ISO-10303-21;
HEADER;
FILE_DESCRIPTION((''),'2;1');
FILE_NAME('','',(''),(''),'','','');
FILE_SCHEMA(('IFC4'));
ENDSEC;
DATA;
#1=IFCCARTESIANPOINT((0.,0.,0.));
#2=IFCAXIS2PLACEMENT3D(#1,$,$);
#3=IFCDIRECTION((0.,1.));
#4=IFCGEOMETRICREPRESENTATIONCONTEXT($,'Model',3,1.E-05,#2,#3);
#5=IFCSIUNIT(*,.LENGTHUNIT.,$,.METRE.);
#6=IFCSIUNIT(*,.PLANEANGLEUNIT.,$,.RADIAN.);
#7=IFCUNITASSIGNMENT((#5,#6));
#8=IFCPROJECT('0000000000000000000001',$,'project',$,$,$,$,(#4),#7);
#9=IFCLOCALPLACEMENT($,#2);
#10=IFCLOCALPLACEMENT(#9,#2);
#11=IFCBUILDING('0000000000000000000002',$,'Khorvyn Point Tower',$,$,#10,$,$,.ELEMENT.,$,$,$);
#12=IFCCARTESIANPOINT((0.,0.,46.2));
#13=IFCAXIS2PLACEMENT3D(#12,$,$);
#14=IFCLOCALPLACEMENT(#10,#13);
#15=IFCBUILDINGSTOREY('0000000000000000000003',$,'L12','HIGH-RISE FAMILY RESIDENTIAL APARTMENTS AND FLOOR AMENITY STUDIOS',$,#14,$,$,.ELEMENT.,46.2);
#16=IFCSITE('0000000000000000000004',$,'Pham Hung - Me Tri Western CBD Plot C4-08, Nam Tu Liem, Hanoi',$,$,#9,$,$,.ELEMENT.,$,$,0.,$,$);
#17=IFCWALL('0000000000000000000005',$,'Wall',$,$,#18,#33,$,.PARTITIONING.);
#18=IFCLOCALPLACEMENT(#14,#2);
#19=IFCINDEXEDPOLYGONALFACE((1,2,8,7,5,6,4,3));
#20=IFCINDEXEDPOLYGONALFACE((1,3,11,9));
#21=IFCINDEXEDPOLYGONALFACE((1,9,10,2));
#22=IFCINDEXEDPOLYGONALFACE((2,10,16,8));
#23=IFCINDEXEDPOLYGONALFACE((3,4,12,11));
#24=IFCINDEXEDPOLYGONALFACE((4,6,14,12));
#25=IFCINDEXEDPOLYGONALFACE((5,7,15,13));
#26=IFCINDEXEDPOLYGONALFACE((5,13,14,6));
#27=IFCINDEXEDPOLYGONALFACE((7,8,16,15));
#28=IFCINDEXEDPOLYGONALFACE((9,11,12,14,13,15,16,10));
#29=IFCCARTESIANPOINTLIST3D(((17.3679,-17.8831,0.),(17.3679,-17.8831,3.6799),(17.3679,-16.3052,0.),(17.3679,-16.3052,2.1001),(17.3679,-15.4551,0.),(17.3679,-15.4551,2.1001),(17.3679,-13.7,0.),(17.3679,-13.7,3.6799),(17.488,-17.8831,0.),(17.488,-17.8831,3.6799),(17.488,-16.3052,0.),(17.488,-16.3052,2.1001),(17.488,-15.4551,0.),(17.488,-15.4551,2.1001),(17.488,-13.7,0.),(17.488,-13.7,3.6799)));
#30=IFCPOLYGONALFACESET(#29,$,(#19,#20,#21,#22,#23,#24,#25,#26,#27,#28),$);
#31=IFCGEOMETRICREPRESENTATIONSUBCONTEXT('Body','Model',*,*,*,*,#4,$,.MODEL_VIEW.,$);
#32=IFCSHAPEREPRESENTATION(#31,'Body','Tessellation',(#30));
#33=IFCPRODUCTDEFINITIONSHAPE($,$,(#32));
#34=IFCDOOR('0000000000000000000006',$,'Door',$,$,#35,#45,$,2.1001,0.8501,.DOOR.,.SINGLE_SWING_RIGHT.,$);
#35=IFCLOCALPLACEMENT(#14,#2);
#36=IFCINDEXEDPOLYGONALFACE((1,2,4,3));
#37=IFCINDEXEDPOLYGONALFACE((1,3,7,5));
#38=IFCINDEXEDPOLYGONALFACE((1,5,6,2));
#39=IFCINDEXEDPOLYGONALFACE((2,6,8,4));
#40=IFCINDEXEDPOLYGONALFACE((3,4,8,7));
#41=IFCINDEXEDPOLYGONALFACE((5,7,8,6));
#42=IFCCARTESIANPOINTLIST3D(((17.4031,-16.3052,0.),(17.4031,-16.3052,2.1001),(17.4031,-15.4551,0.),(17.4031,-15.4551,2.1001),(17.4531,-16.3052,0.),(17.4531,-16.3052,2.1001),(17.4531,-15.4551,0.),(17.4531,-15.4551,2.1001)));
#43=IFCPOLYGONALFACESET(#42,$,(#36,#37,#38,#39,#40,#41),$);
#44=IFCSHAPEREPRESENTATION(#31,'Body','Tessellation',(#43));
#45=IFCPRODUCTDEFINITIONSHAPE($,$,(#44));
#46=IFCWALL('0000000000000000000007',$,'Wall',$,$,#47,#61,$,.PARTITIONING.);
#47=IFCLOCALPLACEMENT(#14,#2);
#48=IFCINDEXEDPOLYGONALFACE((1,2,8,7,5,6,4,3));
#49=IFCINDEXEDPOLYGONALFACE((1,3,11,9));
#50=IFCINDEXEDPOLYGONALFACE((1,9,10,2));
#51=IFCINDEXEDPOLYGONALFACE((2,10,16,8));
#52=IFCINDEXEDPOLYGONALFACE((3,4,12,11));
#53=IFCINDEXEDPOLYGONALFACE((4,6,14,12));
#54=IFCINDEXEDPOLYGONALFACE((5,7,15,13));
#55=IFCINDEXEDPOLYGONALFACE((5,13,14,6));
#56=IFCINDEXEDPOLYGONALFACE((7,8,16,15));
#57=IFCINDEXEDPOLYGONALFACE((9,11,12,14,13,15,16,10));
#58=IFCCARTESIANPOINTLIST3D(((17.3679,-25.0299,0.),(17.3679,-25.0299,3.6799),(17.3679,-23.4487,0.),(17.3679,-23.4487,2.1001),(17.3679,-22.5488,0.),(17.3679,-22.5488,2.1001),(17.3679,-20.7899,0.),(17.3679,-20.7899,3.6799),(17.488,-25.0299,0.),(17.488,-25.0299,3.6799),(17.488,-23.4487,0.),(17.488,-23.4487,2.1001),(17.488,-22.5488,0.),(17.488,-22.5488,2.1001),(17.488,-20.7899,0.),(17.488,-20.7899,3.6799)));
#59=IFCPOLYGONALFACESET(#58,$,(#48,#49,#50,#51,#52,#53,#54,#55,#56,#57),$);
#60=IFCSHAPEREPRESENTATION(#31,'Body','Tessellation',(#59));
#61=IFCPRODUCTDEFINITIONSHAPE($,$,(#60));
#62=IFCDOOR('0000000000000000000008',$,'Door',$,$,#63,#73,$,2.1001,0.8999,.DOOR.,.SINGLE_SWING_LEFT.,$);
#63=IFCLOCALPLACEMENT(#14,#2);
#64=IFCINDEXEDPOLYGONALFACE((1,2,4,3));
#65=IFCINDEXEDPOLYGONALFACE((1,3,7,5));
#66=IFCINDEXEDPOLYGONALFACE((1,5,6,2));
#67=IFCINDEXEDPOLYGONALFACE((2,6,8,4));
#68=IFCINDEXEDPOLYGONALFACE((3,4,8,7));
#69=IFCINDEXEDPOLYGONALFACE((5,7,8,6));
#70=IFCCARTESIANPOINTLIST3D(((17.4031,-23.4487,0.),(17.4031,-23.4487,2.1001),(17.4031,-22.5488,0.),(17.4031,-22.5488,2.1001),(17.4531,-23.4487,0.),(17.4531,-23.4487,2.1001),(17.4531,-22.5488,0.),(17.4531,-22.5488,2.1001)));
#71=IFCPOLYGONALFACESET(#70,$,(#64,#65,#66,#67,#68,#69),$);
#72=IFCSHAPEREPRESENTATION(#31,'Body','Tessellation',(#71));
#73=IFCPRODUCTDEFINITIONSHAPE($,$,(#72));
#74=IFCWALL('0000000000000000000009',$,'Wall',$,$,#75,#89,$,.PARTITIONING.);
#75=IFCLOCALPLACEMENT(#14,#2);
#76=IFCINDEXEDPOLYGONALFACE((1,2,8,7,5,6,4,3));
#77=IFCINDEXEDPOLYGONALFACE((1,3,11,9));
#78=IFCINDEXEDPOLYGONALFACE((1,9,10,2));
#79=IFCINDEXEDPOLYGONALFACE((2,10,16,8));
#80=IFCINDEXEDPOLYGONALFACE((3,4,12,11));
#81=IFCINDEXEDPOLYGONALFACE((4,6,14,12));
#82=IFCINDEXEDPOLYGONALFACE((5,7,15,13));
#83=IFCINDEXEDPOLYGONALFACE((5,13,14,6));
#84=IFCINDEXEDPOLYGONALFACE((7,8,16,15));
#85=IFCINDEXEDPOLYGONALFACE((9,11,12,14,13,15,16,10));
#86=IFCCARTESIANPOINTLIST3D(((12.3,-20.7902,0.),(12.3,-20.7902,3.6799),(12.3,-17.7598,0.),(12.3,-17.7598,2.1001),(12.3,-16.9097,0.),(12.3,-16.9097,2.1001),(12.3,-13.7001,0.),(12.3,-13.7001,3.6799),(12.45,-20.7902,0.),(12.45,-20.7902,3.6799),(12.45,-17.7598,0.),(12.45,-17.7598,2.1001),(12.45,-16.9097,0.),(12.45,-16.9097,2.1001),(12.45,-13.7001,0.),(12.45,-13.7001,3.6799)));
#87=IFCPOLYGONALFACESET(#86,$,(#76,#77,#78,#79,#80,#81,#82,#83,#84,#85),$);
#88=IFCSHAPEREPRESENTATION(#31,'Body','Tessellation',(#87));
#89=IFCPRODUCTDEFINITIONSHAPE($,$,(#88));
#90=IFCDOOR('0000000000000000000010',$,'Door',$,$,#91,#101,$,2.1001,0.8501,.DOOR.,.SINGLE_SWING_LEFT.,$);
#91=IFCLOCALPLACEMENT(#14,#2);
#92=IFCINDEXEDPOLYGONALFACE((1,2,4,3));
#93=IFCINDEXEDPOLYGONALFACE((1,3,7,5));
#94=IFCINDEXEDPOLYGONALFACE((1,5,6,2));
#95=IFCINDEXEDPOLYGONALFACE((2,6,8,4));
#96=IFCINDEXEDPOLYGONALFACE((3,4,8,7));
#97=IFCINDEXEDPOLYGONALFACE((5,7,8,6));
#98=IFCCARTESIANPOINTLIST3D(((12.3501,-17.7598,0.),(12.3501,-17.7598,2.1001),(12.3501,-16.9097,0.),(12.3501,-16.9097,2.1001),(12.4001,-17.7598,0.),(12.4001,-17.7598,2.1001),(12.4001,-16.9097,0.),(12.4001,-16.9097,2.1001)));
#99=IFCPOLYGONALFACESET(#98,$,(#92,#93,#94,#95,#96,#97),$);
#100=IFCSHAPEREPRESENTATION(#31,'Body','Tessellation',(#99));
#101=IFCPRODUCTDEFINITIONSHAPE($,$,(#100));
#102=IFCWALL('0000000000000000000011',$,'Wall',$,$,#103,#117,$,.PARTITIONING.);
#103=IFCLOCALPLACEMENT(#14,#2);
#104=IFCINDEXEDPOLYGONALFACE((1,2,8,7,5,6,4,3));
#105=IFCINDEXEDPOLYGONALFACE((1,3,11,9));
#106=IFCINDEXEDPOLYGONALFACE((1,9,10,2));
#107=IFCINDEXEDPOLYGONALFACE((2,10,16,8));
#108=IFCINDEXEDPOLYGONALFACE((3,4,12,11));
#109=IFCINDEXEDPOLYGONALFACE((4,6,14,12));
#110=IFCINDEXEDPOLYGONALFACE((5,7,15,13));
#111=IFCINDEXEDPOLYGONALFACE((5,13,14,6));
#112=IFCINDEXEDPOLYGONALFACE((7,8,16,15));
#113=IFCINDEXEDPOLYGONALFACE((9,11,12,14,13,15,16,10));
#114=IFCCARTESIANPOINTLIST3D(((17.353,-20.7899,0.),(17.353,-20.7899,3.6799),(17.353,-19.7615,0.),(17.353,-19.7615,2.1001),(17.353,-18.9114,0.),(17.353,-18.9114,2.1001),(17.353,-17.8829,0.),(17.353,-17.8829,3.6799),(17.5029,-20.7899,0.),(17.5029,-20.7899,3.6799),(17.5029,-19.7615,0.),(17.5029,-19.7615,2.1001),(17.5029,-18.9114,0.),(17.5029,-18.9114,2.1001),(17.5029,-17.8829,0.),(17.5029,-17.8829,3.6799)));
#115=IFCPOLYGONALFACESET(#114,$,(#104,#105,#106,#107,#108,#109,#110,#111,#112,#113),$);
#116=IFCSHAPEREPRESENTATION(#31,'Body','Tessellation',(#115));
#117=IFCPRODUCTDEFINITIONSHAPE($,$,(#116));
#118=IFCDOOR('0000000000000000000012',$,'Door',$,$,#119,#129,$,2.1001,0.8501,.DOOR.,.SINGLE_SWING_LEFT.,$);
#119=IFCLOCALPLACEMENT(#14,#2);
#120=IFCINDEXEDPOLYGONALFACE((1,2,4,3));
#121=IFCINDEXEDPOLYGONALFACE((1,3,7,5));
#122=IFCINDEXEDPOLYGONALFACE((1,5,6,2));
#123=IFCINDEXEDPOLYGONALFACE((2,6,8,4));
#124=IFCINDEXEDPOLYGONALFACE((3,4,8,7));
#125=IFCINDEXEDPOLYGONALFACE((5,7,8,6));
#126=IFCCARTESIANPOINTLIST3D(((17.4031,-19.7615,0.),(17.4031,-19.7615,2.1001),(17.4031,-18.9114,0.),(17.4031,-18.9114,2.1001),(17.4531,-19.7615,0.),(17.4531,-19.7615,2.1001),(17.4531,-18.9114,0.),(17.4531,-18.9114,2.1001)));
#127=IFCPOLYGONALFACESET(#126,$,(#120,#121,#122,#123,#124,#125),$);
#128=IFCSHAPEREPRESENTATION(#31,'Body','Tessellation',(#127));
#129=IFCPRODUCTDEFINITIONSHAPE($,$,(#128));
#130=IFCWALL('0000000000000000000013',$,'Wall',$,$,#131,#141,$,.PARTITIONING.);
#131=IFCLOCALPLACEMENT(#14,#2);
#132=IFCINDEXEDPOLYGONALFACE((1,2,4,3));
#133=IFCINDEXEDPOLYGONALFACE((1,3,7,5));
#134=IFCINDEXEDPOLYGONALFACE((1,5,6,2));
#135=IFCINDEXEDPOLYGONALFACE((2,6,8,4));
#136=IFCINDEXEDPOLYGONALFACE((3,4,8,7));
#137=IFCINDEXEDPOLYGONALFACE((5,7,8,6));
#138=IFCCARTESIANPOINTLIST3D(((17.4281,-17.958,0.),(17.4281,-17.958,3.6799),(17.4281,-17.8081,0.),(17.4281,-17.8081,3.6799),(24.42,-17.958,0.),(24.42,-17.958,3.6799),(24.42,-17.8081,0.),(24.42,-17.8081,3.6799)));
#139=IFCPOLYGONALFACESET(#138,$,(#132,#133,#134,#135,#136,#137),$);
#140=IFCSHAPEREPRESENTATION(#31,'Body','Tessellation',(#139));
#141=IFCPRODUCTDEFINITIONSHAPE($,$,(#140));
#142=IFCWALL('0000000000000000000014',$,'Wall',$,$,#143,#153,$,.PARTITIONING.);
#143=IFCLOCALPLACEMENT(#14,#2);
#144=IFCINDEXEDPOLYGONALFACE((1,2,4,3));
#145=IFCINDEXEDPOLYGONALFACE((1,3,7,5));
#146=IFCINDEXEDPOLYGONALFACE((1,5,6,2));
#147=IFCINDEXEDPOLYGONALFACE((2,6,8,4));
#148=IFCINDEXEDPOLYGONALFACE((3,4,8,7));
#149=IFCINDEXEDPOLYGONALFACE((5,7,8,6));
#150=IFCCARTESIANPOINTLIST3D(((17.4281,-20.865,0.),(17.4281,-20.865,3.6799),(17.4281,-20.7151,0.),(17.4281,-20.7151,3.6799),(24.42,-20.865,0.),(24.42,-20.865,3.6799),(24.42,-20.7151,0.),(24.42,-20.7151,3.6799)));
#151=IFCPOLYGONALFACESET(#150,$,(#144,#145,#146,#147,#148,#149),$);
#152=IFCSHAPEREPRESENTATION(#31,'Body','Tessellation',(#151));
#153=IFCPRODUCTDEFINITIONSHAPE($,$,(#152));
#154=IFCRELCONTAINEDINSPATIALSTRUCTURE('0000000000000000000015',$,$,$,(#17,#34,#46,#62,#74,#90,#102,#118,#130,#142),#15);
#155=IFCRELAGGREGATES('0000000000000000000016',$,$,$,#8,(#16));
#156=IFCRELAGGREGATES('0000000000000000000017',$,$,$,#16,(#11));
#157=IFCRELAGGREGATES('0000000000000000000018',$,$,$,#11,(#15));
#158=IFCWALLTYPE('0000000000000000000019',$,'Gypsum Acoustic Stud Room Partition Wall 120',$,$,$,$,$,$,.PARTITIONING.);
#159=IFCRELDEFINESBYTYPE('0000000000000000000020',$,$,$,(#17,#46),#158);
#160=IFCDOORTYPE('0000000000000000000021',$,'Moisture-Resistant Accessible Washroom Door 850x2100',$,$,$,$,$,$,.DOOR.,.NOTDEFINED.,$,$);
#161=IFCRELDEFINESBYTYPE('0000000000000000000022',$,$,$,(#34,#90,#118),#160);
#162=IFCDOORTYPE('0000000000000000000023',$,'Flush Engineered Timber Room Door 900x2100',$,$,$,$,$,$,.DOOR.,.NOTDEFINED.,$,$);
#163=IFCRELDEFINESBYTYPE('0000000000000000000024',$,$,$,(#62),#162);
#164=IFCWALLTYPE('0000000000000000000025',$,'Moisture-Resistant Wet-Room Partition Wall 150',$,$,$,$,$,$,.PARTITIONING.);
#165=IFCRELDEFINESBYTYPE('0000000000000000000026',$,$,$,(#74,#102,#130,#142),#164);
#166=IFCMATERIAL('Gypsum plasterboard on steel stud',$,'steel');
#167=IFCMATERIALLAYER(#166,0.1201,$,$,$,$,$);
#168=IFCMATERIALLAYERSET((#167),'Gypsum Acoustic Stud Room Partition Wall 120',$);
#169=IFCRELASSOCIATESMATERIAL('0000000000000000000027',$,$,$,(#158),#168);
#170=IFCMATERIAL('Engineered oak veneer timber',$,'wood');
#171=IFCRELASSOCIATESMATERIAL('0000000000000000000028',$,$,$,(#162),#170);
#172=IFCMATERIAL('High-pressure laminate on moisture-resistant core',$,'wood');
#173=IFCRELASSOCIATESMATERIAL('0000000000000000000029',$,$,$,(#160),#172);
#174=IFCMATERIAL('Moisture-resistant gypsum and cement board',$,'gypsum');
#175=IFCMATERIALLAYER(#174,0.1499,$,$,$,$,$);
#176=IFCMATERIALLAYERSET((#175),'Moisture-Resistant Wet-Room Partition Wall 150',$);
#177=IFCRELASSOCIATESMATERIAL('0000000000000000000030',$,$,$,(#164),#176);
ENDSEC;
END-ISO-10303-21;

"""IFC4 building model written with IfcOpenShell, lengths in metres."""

from ifc_helpers import new_model, si_unit, direction, frame, frame_2d, origin, place, context, subcontext, project, spatial, rectangle, extrude, material, layer, layer_set, type_object, element, fill, save


model = new_model("IFC4")

# Units and contexts
model_context = context("Model", 3, precision=1e-05, world=origin(), true_north=direction((0.0, 1.0)))
body_context = subcontext(model_context, "Body", "Model", "MODEL_VIEW")
ifc_project = project(units=[si_unit("LENGTHUNIT", "METRE"), si_unit("PLANEANGLEUNIT", "RADIAN")], contexts=[model_context])

# Site, building, storey
site_placement = place(None, origin())
site = spatial("IfcSite", under=ifc_project, at=site_placement, Name="Pham Hung - Me Tri Western CBD Plot C4-08, Nam Tu Liem, Hanoi", CompositionType="ELEMENT", RefElevation=0.0)
building_placement = place(site_placement, origin())
building = spatial("IfcBuilding", under=site, at=building_placement, Name="Khorvyn Point Tower", CompositionType="ELEMENT")
storey_placement = place(building_placement, frame((0.0, 0.0, 46.2)))
storey = spatial("IfcBuildingStorey", under=building, at=storey_placement, Name="L12", Description="HIGH-RISE FAMILY RESIDENTIAL APARTMENTS AND FLOOR AMENITY STUDIOS", CompositionType="ELEMENT", Elevation=46.2)

# Walls, openings, doors
ifc_material_1 = material(Name="Gypsum plasterboard on steel stud", Category="steel")
ifc_layer_1 = layer(ifc_material_1, 0.1201)
ifc_layer_set_1 = layer_set([ifc_layer_1], Name="Gypsum Acoustic Stud Room Partition Wall 120")
wall_type_1 = type_object("IfcWallType", Name="Gypsum Acoustic Stud Room Partition Wall 120", PredefinedType="PARTITIONING", material=ifc_layer_set_1)
ifc_material_2 = material(Name="Engineered oak veneer timber", Category="wood")
door_type_1 = type_object("IfcDoorType", Name="Flush Engineered Timber Room Door 900x2100", OperationType="NOTDEFINED", PredefinedType="DOOR", material=ifc_material_2)
wall_1_placement = place(storey_placement, frame((17.428, -17.8831, 0.0), z_axis=(0.0, 0.0, 1.0), x_axis=(0.0, 1.0, 0.0)))
wall_1 = element("IfcWall", 1, at=wall_1_placement, inside=storey, type_object=wall_type_1, Name="Wall", PredefinedType="PARTITIONING", context=body_context, shape_type="SweptSolid", body=[
    extrude(rectangle(XDim=4.1831, YDim=0.1201, at=frame_2d((2.0916, 0.0))), origin(), (0.0, 0.0, 1.0), 3.6799),
])
opening_1_placement = place(wall_1_placement, frame((1.5779, 0.0, 0.0)))
opening_1 = element("IfcOpeningElement", 2, at=opening_1_placement, cuts=wall_1, PredefinedType="OPENING", context=body_context, shape_type="SweptSolid", body=[
    extrude(rectangle(XDim=0.8501, YDim=2.1001, at=frame_2d((0.425, 1.05))), frame((0.0, 0.0701, 0.0), z_axis=(0.0, -1.0, 0.0), x_axis=(1.0, 0.0, 0.0)), (0.0, 0.0, 1.0), 0.1401),
])
ifc_material_3 = material(Name="High-pressure laminate on moisture-resistant core", Category="wood")
door_type_2 = type_object("IfcDoorType", Name="Moisture-Resistant Accessible Washroom Door 850x2100", OperationType="NOTDEFINED", PredefinedType="DOOR", material=ifc_material_3)
door_1_placement = place(opening_1_placement, origin())
door_1 = element("IfcDoor", 3, at=door_1_placement, inside=storey, type_object=door_type_2, Name="Door", OperationType="SINGLE_SWING_RIGHT", OverallHeight=2.1001, OverallWidth=0.8501, PredefinedType="DOOR", context=body_context, shape_type="SweptSolid", body=[
    extrude(rectangle(XDim=0.8501, YDim=2.1001, at=frame_2d((0.425, 1.05))), frame((0.0, 0.0249, 0.0), z_axis=(0.0, -1.0, 0.0), x_axis=(1.0, 0.0, 0.0)), (0.0, 0.0, 1.0), 0.05),
])
fill(opening_1, door_1)
wall_2_placement = place(storey_placement, frame((17.428, -25.03, 0.0), z_axis=(0.0, 0.0, 1.0), x_axis=(0.0, 1.0, 0.0)))
wall_2 = element("IfcWall", 4, at=wall_2_placement, inside=storey, type_object=wall_type_1, Name="Wall", PredefinedType="PARTITIONING", context=body_context, shape_type="SweptSolid", body=[
    extrude(rectangle(XDim=4.24, YDim=0.1201, at=frame_2d((2.1201, 0.0))), origin(), (0.0, 0.0, 1.0), 3.6799),
])
opening_2_placement = place(wall_2_placement, frame((1.5813, 0.0, 0.0)))
opening_2 = element("IfcOpeningElement", 5, at=opening_2_placement, cuts=wall_2, PredefinedType="OPENING", context=body_context, shape_type="SweptSolid", body=[
    extrude(rectangle(XDim=0.8999, YDim=2.1001, at=frame_2d((0.45, 1.05))), frame((0.0, 0.0701, 0.0), z_axis=(0.0, -1.0, 0.0), x_axis=(1.0, 0.0, 0.0)), (0.0, 0.0, 1.0), 0.1401),
])
door_2_placement = place(opening_2_placement, origin())
door_2 = element("IfcDoor", 6, at=door_2_placement, inside=storey, type_object=door_type_1, Name="Door", OperationType="SINGLE_SWING_LEFT", OverallHeight=2.1001, OverallWidth=0.8999, PredefinedType="DOOR", context=body_context, shape_type="SweptSolid", body=[
    extrude(rectangle(XDim=0.8999, YDim=2.1001, at=frame_2d((0.45, 1.05))), frame((0.0, 0.0249, 0.0), z_axis=(0.0, -1.0, 0.0), x_axis=(1.0, 0.0, 0.0)), (0.0, 0.0, 1.0), 0.05),
])
fill(opening_2, door_2)
ifc_material_4 = material(Name="Moisture-resistant gypsum and cement board", Category="gypsum")
ifc_layer_2 = layer(ifc_material_4, 0.1499)
ifc_layer_set_2 = layer_set([ifc_layer_2], Name="Moisture-Resistant Wet-Room Partition Wall 150")
wall_type_2 = type_object("IfcWallType", Name="Moisture-Resistant Wet-Room Partition Wall 150", PredefinedType="PARTITIONING", material=ifc_layer_set_2)
wall_3_placement = place(storey_placement, frame((12.375, -20.79, 0.0), z_axis=(0.0, 0.0, 1.0), x_axis=(0.0, 1.0, 0.0)))
wall_3 = element("IfcWall", 7, at=wall_3_placement, inside=storey, type_object=wall_type_2, Name="Wall", PredefinedType="PARTITIONING", context=body_context, shape_type="SweptSolid", body=[
    extrude(rectangle(XDim=7.0901, YDim=0.1499, at=frame_2d((3.5449, 0.0))), origin(), (0.0, 0.0, 1.0), 3.6799),
])
opening_3_placement = place(wall_3_placement, frame((3.0303, 0.0, 0.0)))
opening_3 = element("IfcOpeningElement", 8, at=opening_3_placement, cuts=wall_3, PredefinedType="OPENING", context=body_context, shape_type="SweptSolid", body=[
    extrude(rectangle(XDim=0.8501, YDim=2.1001, at=frame_2d((0.425, 1.05))), frame((0.0, 0.085, 0.0), z_axis=(0.0, -1.0, 0.0), x_axis=(1.0, 0.0, 0.0)), (0.0, 0.0, 1.0), 0.1699),
])
door_3_placement = place(opening_3_placement, origin())
door_3 = element("IfcDoor", 9, at=door_3_placement, inside=storey, type_object=door_type_2, Name="Door", OperationType="SINGLE_SWING_LEFT", OverallHeight=2.1001, OverallWidth=0.8501, PredefinedType="DOOR", context=body_context, shape_type="SweptSolid", body=[
    extrude(rectangle(XDim=0.8501, YDim=2.1001, at=frame_2d((0.425, 1.05))), frame((0.0, 0.0249, 0.0), z_axis=(0.0, -1.0, 0.0), x_axis=(1.0, 0.0, 0.0)), (0.0, 0.0, 1.0), 0.05),
])
fill(opening_3, door_3)
wall_4_placement = place(storey_placement, frame((17.428, -20.79, 0.0), z_axis=(0.0, 0.0, 1.0), x_axis=(0.0, 1.0, 0.0)))
wall_4 = element("IfcWall", 10, at=wall_4_placement, inside=storey, type_object=wall_type_2, Name="Wall", PredefinedType="PARTITIONING", context=body_context, shape_type="SweptSolid", body=[
    extrude(rectangle(XDim=2.907, YDim=0.1499, at=frame_2d((1.4536, 0.0))), origin(), (0.0, 0.0, 1.0), 3.6799),
])
opening_4_placement = place(wall_4_placement, frame((1.0286, 0.0, 0.0)))
opening_4 = element("IfcOpeningElement", 11, at=opening_4_placement, cuts=wall_4, PredefinedType="OPENING", context=body_context, shape_type="SweptSolid", body=[
    extrude(rectangle(XDim=0.8501, YDim=2.1001, at=frame_2d((0.425, 1.05))), frame((0.0, 0.085, 0.0), z_axis=(0.0, -1.0, 0.0), x_axis=(1.0, 0.0, 0.0)), (0.0, 0.0, 1.0), 0.1699),
])
door_4_placement = place(opening_4_placement, origin())
door_4 = element("IfcDoor", 12, at=door_4_placement, inside=storey, type_object=door_type_2, Name="Door", OperationType="SINGLE_SWING_LEFT", OverallHeight=2.1001, OverallWidth=0.8501, PredefinedType="DOOR", context=body_context, shape_type="SweptSolid", body=[
    extrude(rectangle(XDim=0.8501, YDim=2.1001, at=frame_2d((0.425, 1.05))), frame((0.0, 0.0249, 0.0), z_axis=(0.0, -1.0, 0.0), x_axis=(1.0, 0.0, 0.0)), (0.0, 0.0, 1.0), 0.05),
])
fill(opening_4, door_4)

# Walls
for number, where, z_axis, x_axis, name in (
    (13, (17.428, -17.8831, 0.0), (0.0, 0.0, 1.0), (1.0, 0.0, 0.0), "Wall"),
    (14, (17.428, -20.79, 0.0), (0.0, 0.0, 1.0), (1.0, 0.0, 0.0), "Wall"),
):
    element("IfcWall", number, at=place(storey_placement, frame(where, z_axis=z_axis, x_axis=x_axis)), inside=storey, type_object=wall_type_2, Name=name, PredefinedType="PARTITIONING", context=body_context, shape_type="SweptSolid", body=[
        extrude(rectangle(XDim=6.9919, YDim=0.1499, at=frame_2d((3.4961, 0.0))), origin(), (0.0, 0.0, 1.0), 3.6799),
    ])

save(model, "model.ifc")
